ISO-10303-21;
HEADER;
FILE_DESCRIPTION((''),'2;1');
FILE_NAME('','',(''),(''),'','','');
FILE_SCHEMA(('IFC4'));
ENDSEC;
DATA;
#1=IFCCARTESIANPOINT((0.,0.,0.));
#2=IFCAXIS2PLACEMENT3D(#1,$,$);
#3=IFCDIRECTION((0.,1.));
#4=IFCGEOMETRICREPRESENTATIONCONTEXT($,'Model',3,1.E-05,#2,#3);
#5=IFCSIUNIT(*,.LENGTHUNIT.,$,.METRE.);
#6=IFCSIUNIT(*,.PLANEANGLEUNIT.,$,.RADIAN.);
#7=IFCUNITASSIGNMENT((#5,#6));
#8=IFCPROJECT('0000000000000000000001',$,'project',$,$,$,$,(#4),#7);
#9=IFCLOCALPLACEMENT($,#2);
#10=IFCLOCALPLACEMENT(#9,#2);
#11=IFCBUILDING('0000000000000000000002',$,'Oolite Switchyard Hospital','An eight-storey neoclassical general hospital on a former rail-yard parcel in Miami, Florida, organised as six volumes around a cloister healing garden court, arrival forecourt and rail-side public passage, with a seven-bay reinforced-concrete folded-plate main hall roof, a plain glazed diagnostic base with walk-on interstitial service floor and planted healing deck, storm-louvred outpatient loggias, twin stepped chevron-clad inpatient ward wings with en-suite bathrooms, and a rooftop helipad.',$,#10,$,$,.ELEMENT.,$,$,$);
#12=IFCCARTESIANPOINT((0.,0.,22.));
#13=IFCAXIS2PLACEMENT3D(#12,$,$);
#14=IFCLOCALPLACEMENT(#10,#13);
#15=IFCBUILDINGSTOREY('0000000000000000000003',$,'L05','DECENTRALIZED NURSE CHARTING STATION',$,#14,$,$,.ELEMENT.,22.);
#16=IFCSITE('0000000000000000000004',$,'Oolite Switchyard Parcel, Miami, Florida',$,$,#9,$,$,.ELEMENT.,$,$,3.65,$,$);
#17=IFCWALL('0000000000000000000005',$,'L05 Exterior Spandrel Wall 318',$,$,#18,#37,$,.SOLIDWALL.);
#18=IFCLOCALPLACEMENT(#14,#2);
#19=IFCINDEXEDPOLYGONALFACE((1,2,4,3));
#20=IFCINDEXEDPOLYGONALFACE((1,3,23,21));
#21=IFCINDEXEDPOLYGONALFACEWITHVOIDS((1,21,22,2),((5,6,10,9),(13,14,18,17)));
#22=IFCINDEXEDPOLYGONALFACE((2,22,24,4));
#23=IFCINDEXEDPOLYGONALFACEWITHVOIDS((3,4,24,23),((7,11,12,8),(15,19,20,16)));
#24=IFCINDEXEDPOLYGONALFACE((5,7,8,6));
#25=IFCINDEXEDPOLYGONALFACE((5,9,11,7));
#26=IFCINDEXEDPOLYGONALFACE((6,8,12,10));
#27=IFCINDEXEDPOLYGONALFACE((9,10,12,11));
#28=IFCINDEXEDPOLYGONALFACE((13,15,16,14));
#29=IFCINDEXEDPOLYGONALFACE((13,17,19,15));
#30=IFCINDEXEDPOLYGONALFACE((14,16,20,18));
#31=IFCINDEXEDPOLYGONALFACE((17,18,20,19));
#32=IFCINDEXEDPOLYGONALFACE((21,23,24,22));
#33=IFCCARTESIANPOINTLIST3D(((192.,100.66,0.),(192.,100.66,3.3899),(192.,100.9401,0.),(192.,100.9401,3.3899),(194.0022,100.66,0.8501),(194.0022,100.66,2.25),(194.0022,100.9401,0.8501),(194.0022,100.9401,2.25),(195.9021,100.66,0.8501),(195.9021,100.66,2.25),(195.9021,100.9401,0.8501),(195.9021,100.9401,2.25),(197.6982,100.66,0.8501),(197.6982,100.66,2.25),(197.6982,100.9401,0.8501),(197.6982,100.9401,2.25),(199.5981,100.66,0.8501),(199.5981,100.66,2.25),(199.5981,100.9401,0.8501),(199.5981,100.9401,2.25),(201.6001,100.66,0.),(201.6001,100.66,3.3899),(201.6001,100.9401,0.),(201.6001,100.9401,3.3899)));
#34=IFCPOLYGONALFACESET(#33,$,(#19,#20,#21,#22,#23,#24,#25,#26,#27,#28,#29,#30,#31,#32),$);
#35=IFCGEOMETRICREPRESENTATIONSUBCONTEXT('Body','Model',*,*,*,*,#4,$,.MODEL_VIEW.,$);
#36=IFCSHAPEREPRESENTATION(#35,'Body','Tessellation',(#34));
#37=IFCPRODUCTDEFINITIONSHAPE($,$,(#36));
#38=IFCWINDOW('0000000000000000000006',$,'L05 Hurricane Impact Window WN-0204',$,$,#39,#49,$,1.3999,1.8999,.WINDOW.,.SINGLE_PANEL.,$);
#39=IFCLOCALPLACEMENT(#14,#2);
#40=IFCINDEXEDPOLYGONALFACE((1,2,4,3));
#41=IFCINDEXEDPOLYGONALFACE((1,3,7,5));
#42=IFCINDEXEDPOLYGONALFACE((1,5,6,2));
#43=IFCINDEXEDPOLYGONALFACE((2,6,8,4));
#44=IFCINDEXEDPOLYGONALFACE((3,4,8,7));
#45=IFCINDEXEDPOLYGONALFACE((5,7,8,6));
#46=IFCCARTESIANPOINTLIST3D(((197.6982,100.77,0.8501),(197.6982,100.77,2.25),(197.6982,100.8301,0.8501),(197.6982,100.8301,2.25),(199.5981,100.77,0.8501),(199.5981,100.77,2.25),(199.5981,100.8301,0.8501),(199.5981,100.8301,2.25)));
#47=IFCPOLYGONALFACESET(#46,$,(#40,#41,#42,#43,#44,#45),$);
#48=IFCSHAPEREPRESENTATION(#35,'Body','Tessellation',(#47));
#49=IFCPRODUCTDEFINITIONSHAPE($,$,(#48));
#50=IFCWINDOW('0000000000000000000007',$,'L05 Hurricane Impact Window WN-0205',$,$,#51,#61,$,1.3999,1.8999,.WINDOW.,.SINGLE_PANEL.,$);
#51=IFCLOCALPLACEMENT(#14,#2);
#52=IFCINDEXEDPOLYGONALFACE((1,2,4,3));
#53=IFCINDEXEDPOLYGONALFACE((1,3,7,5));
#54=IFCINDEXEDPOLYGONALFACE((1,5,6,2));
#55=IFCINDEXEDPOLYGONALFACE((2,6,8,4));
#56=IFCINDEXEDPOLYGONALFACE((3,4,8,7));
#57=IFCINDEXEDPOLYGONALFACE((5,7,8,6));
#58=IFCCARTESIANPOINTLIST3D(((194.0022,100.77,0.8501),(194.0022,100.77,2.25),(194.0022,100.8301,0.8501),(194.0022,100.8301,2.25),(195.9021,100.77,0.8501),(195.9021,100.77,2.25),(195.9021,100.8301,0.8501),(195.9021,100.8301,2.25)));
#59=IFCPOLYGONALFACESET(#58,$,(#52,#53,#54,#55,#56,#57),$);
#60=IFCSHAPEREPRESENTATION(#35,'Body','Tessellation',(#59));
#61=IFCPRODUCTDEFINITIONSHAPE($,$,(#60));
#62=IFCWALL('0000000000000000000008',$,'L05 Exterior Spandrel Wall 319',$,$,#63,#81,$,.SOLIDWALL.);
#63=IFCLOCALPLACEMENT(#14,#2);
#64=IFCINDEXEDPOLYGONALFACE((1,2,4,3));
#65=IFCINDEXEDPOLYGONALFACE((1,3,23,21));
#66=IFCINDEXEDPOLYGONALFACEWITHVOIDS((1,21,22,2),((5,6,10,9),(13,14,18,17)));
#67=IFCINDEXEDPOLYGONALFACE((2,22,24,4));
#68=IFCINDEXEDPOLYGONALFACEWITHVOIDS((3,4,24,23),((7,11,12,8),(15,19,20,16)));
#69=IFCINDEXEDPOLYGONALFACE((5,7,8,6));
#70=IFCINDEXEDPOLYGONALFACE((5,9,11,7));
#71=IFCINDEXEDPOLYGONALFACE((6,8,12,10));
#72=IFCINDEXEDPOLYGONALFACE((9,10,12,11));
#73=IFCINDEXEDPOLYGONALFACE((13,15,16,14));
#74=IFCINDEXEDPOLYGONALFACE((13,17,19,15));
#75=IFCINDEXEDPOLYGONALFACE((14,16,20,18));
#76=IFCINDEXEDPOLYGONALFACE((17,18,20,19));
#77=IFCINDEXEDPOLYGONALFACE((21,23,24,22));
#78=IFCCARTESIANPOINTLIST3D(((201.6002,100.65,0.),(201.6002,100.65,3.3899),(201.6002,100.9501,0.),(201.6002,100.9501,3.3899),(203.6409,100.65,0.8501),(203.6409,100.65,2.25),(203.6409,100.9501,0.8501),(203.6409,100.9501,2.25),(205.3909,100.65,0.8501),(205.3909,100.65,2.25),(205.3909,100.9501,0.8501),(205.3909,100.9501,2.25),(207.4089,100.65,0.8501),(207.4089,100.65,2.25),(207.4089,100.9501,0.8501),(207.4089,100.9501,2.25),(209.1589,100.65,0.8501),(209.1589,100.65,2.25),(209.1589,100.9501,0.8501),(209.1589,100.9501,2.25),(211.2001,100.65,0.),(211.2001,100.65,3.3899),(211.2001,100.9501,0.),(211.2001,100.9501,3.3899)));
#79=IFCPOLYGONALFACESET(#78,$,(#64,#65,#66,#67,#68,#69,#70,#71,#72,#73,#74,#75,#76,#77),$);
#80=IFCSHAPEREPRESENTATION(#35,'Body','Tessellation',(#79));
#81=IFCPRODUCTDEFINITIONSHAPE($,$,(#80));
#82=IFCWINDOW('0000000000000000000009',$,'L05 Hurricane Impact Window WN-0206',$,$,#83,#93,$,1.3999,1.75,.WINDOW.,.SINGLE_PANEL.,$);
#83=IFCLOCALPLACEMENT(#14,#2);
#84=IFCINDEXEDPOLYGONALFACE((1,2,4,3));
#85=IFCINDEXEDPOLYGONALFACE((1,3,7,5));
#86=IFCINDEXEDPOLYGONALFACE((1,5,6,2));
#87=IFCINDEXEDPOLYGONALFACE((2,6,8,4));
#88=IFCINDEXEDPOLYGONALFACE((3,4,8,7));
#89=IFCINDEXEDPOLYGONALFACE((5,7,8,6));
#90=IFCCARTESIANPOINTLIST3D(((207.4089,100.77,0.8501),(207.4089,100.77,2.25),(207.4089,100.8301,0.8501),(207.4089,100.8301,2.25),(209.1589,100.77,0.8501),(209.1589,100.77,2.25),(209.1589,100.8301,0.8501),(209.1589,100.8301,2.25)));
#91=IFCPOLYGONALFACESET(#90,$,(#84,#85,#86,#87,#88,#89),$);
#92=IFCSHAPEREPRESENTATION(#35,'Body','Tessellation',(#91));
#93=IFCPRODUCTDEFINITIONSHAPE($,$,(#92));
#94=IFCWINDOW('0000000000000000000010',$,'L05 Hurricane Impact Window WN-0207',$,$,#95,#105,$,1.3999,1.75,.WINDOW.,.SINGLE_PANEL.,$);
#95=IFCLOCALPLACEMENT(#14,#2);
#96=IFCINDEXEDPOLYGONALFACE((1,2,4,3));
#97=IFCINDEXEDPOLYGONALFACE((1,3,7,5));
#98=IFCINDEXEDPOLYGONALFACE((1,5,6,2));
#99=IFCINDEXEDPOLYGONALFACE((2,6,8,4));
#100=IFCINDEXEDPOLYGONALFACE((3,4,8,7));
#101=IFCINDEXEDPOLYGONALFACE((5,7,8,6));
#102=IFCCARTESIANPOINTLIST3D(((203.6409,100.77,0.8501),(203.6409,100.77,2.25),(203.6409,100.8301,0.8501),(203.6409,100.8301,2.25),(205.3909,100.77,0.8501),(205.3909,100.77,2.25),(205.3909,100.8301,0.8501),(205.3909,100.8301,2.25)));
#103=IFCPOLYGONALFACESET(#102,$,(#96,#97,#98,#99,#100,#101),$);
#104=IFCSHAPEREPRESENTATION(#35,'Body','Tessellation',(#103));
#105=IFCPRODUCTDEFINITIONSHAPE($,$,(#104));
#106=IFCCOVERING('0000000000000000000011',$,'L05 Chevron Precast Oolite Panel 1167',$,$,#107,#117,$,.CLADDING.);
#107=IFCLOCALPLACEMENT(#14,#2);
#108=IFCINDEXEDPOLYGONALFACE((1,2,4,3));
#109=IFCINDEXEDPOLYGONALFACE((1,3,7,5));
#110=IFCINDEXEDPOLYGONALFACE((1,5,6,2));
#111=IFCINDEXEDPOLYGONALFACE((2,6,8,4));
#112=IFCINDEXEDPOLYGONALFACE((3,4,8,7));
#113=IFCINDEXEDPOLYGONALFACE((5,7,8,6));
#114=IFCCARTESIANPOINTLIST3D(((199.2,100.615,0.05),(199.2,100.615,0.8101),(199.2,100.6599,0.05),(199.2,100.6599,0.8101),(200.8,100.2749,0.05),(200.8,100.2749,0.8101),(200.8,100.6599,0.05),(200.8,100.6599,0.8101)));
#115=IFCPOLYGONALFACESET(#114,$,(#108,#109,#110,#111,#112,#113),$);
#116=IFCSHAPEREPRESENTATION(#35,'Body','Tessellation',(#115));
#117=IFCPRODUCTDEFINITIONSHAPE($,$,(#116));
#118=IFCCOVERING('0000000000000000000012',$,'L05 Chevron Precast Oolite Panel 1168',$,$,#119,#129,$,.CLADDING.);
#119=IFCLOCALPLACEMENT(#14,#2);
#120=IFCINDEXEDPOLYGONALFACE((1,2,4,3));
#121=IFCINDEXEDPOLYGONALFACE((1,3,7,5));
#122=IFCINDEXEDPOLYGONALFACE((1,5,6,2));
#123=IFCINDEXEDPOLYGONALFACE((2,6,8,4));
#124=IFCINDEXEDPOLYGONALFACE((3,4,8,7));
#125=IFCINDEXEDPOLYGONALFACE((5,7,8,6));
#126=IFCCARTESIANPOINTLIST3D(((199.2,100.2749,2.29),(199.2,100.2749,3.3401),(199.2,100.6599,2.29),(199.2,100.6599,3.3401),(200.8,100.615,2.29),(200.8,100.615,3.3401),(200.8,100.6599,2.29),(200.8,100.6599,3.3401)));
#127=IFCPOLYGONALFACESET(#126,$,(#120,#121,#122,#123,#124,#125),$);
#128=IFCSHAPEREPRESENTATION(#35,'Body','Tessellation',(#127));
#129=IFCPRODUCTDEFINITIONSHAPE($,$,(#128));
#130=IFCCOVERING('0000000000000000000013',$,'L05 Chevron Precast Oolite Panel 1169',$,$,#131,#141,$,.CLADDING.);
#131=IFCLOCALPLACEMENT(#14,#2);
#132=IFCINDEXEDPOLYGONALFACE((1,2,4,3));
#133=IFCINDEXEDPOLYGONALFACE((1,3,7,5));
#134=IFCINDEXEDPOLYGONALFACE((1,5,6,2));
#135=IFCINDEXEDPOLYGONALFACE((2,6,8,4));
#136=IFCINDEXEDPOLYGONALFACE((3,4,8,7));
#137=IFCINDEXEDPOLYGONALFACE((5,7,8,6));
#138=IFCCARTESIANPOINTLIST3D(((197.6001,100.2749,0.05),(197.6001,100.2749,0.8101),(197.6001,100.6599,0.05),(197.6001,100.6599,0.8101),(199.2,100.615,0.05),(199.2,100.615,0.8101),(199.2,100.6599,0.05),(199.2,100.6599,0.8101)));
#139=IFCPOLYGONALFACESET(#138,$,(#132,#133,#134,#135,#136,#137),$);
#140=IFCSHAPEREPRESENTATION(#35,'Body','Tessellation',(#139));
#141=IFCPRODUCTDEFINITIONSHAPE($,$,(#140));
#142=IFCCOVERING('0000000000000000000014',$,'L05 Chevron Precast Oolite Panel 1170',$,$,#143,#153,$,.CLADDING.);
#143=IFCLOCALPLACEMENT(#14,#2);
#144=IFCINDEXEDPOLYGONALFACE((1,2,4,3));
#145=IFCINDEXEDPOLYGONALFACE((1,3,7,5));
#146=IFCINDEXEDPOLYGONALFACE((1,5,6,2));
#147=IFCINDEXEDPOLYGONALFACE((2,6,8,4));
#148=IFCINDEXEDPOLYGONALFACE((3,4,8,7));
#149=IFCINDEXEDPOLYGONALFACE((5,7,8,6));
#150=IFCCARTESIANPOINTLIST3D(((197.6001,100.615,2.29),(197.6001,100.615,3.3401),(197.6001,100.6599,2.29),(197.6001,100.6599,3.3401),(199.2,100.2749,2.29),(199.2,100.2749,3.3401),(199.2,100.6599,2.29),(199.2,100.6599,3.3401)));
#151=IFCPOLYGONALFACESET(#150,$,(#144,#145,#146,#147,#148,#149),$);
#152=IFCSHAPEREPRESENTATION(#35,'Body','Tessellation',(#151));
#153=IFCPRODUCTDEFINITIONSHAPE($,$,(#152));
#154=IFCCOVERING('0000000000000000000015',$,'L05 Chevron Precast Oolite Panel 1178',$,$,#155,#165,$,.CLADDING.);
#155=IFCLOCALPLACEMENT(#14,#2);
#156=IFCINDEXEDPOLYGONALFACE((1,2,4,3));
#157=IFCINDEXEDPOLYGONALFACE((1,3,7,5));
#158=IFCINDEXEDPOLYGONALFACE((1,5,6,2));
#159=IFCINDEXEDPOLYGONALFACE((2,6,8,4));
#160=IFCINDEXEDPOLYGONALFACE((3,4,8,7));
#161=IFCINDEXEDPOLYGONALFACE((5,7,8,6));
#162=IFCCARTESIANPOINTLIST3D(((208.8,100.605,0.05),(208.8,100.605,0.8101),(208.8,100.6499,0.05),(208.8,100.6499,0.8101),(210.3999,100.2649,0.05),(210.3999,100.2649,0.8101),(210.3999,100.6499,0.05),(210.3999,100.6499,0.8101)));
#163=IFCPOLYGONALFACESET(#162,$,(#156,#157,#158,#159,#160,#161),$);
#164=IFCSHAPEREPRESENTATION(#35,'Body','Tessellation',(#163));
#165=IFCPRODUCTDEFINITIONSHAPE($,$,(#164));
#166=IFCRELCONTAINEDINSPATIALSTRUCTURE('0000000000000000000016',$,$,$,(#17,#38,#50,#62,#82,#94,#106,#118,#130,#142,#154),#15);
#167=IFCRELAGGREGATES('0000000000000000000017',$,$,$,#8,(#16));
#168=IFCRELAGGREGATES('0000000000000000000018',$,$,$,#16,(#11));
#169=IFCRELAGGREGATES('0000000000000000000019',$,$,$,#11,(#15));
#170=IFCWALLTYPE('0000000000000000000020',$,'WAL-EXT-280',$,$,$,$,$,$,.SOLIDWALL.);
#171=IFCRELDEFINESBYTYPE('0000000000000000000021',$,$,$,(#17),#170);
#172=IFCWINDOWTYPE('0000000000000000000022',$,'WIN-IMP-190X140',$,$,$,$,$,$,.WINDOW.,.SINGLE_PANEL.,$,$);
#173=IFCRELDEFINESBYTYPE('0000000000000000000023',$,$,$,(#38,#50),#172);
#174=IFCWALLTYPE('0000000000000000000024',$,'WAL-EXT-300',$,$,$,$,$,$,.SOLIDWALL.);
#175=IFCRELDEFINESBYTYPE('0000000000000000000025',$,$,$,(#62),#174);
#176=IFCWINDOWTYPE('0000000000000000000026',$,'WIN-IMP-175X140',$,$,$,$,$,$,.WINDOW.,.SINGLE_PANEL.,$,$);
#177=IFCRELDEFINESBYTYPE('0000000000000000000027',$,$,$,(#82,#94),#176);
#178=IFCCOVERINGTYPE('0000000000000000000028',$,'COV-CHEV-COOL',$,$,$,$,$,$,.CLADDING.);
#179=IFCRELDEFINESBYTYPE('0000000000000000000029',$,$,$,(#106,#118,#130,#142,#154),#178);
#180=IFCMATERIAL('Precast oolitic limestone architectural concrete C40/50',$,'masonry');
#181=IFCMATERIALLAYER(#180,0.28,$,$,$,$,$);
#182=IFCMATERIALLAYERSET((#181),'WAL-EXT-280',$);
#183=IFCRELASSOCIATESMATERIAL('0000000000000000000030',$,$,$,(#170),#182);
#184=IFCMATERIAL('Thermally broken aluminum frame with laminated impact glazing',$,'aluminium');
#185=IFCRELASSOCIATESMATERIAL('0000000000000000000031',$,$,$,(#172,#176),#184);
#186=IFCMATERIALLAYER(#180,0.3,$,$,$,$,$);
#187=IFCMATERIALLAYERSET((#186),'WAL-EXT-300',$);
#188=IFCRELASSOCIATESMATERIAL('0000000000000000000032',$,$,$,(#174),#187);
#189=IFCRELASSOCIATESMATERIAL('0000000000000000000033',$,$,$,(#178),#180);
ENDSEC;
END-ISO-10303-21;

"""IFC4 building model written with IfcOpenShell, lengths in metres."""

from ifc_helpers import new_model, si_unit, direction, frame, frame_2d, origin, place, context, subcontext, project, spatial, polyline, rectangle, outline, extrude, material, layer, layer_set, type_object, element, fill, save


model = new_model("IFC4")

# Units and contexts
model_context = context("Model", 3, precision=1e-05, world=origin(), true_north=direction((0.0, 1.0)))
body_context = subcontext(model_context, "Body", "Model", "MODEL_VIEW")
ifc_project = project(units=[si_unit("LENGTHUNIT", "METRE"), si_unit("PLANEANGLEUNIT", "RADIAN")], contexts=[model_context])

# Site, building, storey
site_placement = place(None, origin())
site = spatial("IfcSite", under=ifc_project, at=site_placement, Name="Oolite Switchyard Parcel, Miami, Florida", CompositionType="ELEMENT", RefElevation=3.65)
building_placement = place(site_placement, origin())
building = spatial("IfcBuilding", under=site, at=building_placement, Name="Oolite Switchyard Hospital", Description="An eight-storey neoclassical general hospital on a former rail-yard parcel in Miami, Florida, organised as six volumes around a cloister healing garden court, arrival forecourt and rail-side public passage, with a seven-bay reinforced-concrete folded-plate main hall roof, a plain glazed diagnostic base with walk-on interstitial service floor and planted healing deck, storm-louvred outpatient loggias, twin stepped chevron-clad inpatient ward wings with en-suite bathrooms, and a rooftop helipad.", CompositionType="ELEMENT")
storey_placement = place(building_placement, frame((0.0, 0.0, 22.0)))
storey = spatial("IfcBuildingStorey", under=building, at=storey_placement, Name="L05", Description="DECENTRALIZED NURSE CHARTING STATION", CompositionType="ELEMENT", Elevation=22.0)

# Walls, openings, windows
ifc_material_1 = material(Name="Precast oolitic limestone architectural concrete C40/50", Category="masonry")
ifc_layer_1 = layer(ifc_material_1, 0.28)
ifc_layer_set_1 = layer_set([ifc_layer_1], Name="WAL-EXT-280")
wall_type_1 = type_object("IfcWallType", Name="WAL-EXT-280", PredefinedType="SOLIDWALL", material=ifc_layer_set_1)
wall_1_placement = place(storey_placement, frame((201.6001, 100.8, 0.0), z_axis=(0.0, 0.0, 1.0), x_axis=(-1.0, 0.0, 0.0)))
wall_1 = element("IfcWall", 1, at=wall_1_placement, inside=storey, type_object=wall_type_1, Name="L05 Exterior Spandrel Wall 318", PredefinedType="SOLIDWALL", context=body_context, shape_type="SweptSolid", body=[
    extrude(rectangle(XDim=9.6001, YDim=0.28, at=frame_2d((4.8, 0.0))), origin(), (0.0, 0.0, 1.0), 3.3899),
])
opening_1_placement = place(wall_1_placement, frame((2.002, 0.0, 0.8501)))
opening_1 = element("IfcOpeningElement", 2, at=opening_1_placement, cuts=wall_1, PredefinedType="OPENING", context=body_context, shape_type="SweptSolid", body=[
    extrude(rectangle(XDim=1.8999, YDim=1.3999, at=frame_2d((0.95, 0.7))), frame((0.0, 0.1499, 0.0), z_axis=(0.0, -1.0, 0.0), x_axis=(1.0, 0.0, 0.0)), (0.0, 0.0, 1.0), 0.3),
])
opening_2_placement = place(wall_1_placement, frame((5.698, 0.0, 0.8501)))
opening_2 = element("IfcOpeningElement", 3, at=opening_2_placement, cuts=wall_1, PredefinedType="OPENING", context=body_context, shape_type="SweptSolid", body=[
    extrude(rectangle(XDim=1.8999, YDim=1.3999, at=frame_2d((0.95, 0.7))), frame((0.0, 0.1499, 0.0), z_axis=(0.0, -1.0, 0.0), x_axis=(1.0, 0.0, 0.0)), (0.0, 0.0, 1.0), 0.3),
])
ifc_material_2 = material(Name="Thermally broken aluminum frame with laminated impact glazing", Category="aluminium")
window_type_1 = type_object("IfcWindowType", Name="WIN-IMP-190X140", PartitioningType="SINGLE_PANEL", PredefinedType="WINDOW", material=ifc_material_2)
window_1_placement = place(opening_1_placement, origin())
window_1 = element("IfcWindow", 4, at=window_1_placement, inside=storey, type_object=window_type_1, Name="L05 Hurricane Impact Window WN-0204", OverallHeight=1.3999, OverallWidth=1.8999, PartitioningType="SINGLE_PANEL", PredefinedType="WINDOW", context=body_context, shape_type="SweptSolid", body=[
    extrude(rectangle(XDim=1.8999, YDim=1.3999, at=frame_2d((0.95, 0.7))), frame((0.0, 0.03, 0.0), z_axis=(0.0, -1.0, 0.0), x_axis=(1.0, 0.0, 0.0)), (0.0, 0.0, 1.0), 0.0601),
])
fill(opening_1, window_1)
window_2_placement = place(opening_2_placement, origin())
window_2 = element("IfcWindow", 5, at=window_2_placement, inside=storey, type_object=window_type_1, Name="L05 Hurricane Impact Window WN-0205", OverallHeight=1.3999, OverallWidth=1.8999, PartitioningType="SINGLE_PANEL", PredefinedType="WINDOW", context=body_context, shape_type="SweptSolid", body=[
    extrude(rectangle(XDim=1.8999, YDim=1.3999, at=frame_2d((0.95, 0.7))), frame((0.0, 0.03, 0.0), z_axis=(0.0, -1.0, 0.0), x_axis=(1.0, 0.0, 0.0)), (0.0, 0.0, 1.0), 0.0601),
])
fill(opening_2, window_2)
ifc_layer_2 = layer(ifc_material_1, 0.3)
ifc_layer_set_2 = layer_set([ifc_layer_2], Name="WAL-EXT-300")
wall_type_2 = type_object("IfcWallType", Name="WAL-EXT-300", PredefinedType="SOLIDWALL", material=ifc_layer_set_2)
wall_2_placement = place(storey_placement, frame((211.2, 100.8, 0.0), z_axis=(0.0, 0.0, 1.0), x_axis=(-1.0, 0.0, 0.0)))
wall_2 = element("IfcWall", 6, at=wall_2_placement, inside=storey, type_object=wall_type_2, Name="L05 Exterior Spandrel Wall 319", PredefinedType="SOLIDWALL", context=body_context, shape_type="SweptSolid", body=[
    extrude(rectangle(XDim=9.5999, YDim=0.3, at=frame_2d((4.7998, 0.0))), origin(), (0.0, 0.0, 1.0), 3.3899),
])
opening_3_placement = place(wall_2_placement, frame((2.041, 0.0, 0.8501)))
opening_3 = element("IfcOpeningElement", 7, at=opening_3_placement, cuts=wall_2, PredefinedType="OPENING", context=body_context, shape_type="SweptSolid", body=[
    extrude(rectangle(XDim=1.75, YDim=1.3999, at=frame_2d((0.875, 0.7))), frame((0.0, 0.1602, 0.0), z_axis=(0.0, -1.0, 0.0), x_axis=(1.0, 0.0, 0.0)), (0.0, 0.0, 1.0), 0.3201),
])
opening_4_placement = place(wall_2_placement, frame((5.8091, 0.0, 0.8501)))
opening_4 = element("IfcOpeningElement", 8, at=opening_4_placement, cuts=wall_2, PredefinedType="OPENING", context=body_context, shape_type="SweptSolid", body=[
    extrude(rectangle(XDim=1.75, YDim=1.3999, at=frame_2d((0.875, 0.7))), frame((0.0, 0.1602, 0.0), z_axis=(0.0, -1.0, 0.0), x_axis=(1.0, 0.0, 0.0)), (0.0, 0.0, 1.0), 0.3201),
])
window_type_2 = type_object("IfcWindowType", Name="WIN-IMP-175X140", PartitioningType="SINGLE_PANEL", PredefinedType="WINDOW", material=ifc_material_2)
window_3_placement = place(opening_3_placement, origin())
window_3 = element("IfcWindow", 9, at=window_3_placement, inside=storey, type_object=window_type_2, Name="L05 Hurricane Impact Window WN-0206", OverallHeight=1.3999, OverallWidth=1.75, PartitioningType="SINGLE_PANEL", PredefinedType="WINDOW", context=body_context, shape_type="SweptSolid", body=[
    extrude(rectangle(XDim=1.75, YDim=1.3999, at=frame_2d((0.875, 0.7))), frame((0.0, 0.03, 0.0), z_axis=(0.0, -1.0, 0.0), x_axis=(1.0, 0.0, 0.0)), (0.0, 0.0, 1.0), 0.0601),
])
fill(opening_3, window_3)
window_4_placement = place(opening_4_placement, origin())
window_4 = element("IfcWindow", 10, at=window_4_placement, inside=storey, type_object=window_type_2, Name="L05 Hurricane Impact Window WN-0207", OverallHeight=1.3999, OverallWidth=1.75, PartitioningType="SINGLE_PANEL", PredefinedType="WINDOW", context=body_context, shape_type="SweptSolid", body=[
    extrude(rectangle(XDim=1.75, YDim=1.3999, at=frame_2d((0.875, 0.7))), frame((0.0, 0.03, 0.0), z_axis=(0.0, -1.0, 0.0), x_axis=(1.0, 0.0, 0.0)), (0.0, 0.0, 1.0), 0.0601),
])
fill(opening_4, window_4)

# Coverings
covering_type = type_object("IfcCoveringType", Name="COV-CHEV-COOL", PredefinedType="CLADDING", material=ifc_material_1)
covering_1_placement = place(storey_placement, frame((200.8, 100.6599, 0.05), z_axis=(0.0, 0.0, 1.0), x_axis=(-1.0, 0.0, 0.0)))
element("IfcCovering", 11, at=covering_1_placement, inside=storey, type_object=covering_type, Name="L05 Chevron Precast Oolite Panel 1167", PredefinedType="CLADDING", context=body_context, shape_type="SweptSolid", body=[
    extrude(outline(polyline([(0.0, 0.0), (1.6001, 0.0), (1.6001, 0.0449), (0.0, 0.385), (0.0, 0.0)])), origin(), (0.0, 0.0, 1.0), 0.76),
])
covering_2_placement = place(storey_placement, frame((200.8, 100.6599, 2.29), z_axis=(0.0, 0.0, 1.0), x_axis=(-1.0, 0.0, 0.0)))
element("IfcCovering", 12, at=covering_2_placement, inside=storey, type_object=covering_type, Name="L05 Chevron Precast Oolite Panel 1168", PredefinedType="CLADDING", context=body_context, shape_type="SweptSolid", body=[
    extrude(outline(polyline([(0.0, 0.0), (1.6001, 0.0), (1.6001, 0.385), (0.0, 0.0449), (0.0, 0.0)])), origin(), (0.0, 0.0, 1.0), 1.05),
])
covering_3_placement = place(storey_placement, frame((199.2, 100.6599, 0.05), z_axis=(0.0, 0.0, 1.0), x_axis=(-1.0, 0.0, 0.0)))
element("IfcCovering", 13, at=covering_3_placement, inside=storey, type_object=covering_type, Name="L05 Chevron Precast Oolite Panel 1169", PredefinedType="CLADDING", context=body_context, shape_type="SweptSolid", body=[
    extrude(outline(polyline([(0.0, 0.0), (1.5999, 0.0), (1.5999, 0.385), (0.0, 0.0449), (0.0, 0.0)])), origin(), (0.0, 0.0, 1.0), 0.76),
])
covering_4_placement = place(storey_placement, frame((199.2, 100.6599, 2.29), z_axis=(0.0, 0.0, 1.0), x_axis=(-1.0, 0.0, 0.0)))
element("IfcCovering", 14, at=covering_4_placement, inside=storey, type_object=covering_type, Name="L05 Chevron Precast Oolite Panel 1170", PredefinedType="CLADDING", context=body_context, shape_type="SweptSolid", body=[
    extrude(outline(polyline([(0.0, 0.0), (1.5999, 0.0), (1.5999, 0.0449), (0.0, 0.385), (0.0, 0.0)])), origin(), (0.0, 0.0, 1.0), 1.05),
])
covering_5_placement = place(storey_placement, frame((210.3999, 100.6499, 0.05), z_axis=(0.0, 0.0, 1.0), x_axis=(-1.0, 0.0, 0.0)))
element("IfcCovering", 15, at=covering_5_placement, inside=storey, type_object=covering_type, Name="L05 Chevron Precast Oolite Panel 1178", PredefinedType="CLADDING", context=body_context, shape_type="SweptSolid", body=[
    extrude(outline(polyline([(0.0, 0.0), (1.5999, 0.0), (1.5999, 0.0449), (0.0, 0.385), (0.0, 0.0)])), origin(), (0.0, 0.0, 1.0), 0.76),
])

save(model, "model.ifc")
